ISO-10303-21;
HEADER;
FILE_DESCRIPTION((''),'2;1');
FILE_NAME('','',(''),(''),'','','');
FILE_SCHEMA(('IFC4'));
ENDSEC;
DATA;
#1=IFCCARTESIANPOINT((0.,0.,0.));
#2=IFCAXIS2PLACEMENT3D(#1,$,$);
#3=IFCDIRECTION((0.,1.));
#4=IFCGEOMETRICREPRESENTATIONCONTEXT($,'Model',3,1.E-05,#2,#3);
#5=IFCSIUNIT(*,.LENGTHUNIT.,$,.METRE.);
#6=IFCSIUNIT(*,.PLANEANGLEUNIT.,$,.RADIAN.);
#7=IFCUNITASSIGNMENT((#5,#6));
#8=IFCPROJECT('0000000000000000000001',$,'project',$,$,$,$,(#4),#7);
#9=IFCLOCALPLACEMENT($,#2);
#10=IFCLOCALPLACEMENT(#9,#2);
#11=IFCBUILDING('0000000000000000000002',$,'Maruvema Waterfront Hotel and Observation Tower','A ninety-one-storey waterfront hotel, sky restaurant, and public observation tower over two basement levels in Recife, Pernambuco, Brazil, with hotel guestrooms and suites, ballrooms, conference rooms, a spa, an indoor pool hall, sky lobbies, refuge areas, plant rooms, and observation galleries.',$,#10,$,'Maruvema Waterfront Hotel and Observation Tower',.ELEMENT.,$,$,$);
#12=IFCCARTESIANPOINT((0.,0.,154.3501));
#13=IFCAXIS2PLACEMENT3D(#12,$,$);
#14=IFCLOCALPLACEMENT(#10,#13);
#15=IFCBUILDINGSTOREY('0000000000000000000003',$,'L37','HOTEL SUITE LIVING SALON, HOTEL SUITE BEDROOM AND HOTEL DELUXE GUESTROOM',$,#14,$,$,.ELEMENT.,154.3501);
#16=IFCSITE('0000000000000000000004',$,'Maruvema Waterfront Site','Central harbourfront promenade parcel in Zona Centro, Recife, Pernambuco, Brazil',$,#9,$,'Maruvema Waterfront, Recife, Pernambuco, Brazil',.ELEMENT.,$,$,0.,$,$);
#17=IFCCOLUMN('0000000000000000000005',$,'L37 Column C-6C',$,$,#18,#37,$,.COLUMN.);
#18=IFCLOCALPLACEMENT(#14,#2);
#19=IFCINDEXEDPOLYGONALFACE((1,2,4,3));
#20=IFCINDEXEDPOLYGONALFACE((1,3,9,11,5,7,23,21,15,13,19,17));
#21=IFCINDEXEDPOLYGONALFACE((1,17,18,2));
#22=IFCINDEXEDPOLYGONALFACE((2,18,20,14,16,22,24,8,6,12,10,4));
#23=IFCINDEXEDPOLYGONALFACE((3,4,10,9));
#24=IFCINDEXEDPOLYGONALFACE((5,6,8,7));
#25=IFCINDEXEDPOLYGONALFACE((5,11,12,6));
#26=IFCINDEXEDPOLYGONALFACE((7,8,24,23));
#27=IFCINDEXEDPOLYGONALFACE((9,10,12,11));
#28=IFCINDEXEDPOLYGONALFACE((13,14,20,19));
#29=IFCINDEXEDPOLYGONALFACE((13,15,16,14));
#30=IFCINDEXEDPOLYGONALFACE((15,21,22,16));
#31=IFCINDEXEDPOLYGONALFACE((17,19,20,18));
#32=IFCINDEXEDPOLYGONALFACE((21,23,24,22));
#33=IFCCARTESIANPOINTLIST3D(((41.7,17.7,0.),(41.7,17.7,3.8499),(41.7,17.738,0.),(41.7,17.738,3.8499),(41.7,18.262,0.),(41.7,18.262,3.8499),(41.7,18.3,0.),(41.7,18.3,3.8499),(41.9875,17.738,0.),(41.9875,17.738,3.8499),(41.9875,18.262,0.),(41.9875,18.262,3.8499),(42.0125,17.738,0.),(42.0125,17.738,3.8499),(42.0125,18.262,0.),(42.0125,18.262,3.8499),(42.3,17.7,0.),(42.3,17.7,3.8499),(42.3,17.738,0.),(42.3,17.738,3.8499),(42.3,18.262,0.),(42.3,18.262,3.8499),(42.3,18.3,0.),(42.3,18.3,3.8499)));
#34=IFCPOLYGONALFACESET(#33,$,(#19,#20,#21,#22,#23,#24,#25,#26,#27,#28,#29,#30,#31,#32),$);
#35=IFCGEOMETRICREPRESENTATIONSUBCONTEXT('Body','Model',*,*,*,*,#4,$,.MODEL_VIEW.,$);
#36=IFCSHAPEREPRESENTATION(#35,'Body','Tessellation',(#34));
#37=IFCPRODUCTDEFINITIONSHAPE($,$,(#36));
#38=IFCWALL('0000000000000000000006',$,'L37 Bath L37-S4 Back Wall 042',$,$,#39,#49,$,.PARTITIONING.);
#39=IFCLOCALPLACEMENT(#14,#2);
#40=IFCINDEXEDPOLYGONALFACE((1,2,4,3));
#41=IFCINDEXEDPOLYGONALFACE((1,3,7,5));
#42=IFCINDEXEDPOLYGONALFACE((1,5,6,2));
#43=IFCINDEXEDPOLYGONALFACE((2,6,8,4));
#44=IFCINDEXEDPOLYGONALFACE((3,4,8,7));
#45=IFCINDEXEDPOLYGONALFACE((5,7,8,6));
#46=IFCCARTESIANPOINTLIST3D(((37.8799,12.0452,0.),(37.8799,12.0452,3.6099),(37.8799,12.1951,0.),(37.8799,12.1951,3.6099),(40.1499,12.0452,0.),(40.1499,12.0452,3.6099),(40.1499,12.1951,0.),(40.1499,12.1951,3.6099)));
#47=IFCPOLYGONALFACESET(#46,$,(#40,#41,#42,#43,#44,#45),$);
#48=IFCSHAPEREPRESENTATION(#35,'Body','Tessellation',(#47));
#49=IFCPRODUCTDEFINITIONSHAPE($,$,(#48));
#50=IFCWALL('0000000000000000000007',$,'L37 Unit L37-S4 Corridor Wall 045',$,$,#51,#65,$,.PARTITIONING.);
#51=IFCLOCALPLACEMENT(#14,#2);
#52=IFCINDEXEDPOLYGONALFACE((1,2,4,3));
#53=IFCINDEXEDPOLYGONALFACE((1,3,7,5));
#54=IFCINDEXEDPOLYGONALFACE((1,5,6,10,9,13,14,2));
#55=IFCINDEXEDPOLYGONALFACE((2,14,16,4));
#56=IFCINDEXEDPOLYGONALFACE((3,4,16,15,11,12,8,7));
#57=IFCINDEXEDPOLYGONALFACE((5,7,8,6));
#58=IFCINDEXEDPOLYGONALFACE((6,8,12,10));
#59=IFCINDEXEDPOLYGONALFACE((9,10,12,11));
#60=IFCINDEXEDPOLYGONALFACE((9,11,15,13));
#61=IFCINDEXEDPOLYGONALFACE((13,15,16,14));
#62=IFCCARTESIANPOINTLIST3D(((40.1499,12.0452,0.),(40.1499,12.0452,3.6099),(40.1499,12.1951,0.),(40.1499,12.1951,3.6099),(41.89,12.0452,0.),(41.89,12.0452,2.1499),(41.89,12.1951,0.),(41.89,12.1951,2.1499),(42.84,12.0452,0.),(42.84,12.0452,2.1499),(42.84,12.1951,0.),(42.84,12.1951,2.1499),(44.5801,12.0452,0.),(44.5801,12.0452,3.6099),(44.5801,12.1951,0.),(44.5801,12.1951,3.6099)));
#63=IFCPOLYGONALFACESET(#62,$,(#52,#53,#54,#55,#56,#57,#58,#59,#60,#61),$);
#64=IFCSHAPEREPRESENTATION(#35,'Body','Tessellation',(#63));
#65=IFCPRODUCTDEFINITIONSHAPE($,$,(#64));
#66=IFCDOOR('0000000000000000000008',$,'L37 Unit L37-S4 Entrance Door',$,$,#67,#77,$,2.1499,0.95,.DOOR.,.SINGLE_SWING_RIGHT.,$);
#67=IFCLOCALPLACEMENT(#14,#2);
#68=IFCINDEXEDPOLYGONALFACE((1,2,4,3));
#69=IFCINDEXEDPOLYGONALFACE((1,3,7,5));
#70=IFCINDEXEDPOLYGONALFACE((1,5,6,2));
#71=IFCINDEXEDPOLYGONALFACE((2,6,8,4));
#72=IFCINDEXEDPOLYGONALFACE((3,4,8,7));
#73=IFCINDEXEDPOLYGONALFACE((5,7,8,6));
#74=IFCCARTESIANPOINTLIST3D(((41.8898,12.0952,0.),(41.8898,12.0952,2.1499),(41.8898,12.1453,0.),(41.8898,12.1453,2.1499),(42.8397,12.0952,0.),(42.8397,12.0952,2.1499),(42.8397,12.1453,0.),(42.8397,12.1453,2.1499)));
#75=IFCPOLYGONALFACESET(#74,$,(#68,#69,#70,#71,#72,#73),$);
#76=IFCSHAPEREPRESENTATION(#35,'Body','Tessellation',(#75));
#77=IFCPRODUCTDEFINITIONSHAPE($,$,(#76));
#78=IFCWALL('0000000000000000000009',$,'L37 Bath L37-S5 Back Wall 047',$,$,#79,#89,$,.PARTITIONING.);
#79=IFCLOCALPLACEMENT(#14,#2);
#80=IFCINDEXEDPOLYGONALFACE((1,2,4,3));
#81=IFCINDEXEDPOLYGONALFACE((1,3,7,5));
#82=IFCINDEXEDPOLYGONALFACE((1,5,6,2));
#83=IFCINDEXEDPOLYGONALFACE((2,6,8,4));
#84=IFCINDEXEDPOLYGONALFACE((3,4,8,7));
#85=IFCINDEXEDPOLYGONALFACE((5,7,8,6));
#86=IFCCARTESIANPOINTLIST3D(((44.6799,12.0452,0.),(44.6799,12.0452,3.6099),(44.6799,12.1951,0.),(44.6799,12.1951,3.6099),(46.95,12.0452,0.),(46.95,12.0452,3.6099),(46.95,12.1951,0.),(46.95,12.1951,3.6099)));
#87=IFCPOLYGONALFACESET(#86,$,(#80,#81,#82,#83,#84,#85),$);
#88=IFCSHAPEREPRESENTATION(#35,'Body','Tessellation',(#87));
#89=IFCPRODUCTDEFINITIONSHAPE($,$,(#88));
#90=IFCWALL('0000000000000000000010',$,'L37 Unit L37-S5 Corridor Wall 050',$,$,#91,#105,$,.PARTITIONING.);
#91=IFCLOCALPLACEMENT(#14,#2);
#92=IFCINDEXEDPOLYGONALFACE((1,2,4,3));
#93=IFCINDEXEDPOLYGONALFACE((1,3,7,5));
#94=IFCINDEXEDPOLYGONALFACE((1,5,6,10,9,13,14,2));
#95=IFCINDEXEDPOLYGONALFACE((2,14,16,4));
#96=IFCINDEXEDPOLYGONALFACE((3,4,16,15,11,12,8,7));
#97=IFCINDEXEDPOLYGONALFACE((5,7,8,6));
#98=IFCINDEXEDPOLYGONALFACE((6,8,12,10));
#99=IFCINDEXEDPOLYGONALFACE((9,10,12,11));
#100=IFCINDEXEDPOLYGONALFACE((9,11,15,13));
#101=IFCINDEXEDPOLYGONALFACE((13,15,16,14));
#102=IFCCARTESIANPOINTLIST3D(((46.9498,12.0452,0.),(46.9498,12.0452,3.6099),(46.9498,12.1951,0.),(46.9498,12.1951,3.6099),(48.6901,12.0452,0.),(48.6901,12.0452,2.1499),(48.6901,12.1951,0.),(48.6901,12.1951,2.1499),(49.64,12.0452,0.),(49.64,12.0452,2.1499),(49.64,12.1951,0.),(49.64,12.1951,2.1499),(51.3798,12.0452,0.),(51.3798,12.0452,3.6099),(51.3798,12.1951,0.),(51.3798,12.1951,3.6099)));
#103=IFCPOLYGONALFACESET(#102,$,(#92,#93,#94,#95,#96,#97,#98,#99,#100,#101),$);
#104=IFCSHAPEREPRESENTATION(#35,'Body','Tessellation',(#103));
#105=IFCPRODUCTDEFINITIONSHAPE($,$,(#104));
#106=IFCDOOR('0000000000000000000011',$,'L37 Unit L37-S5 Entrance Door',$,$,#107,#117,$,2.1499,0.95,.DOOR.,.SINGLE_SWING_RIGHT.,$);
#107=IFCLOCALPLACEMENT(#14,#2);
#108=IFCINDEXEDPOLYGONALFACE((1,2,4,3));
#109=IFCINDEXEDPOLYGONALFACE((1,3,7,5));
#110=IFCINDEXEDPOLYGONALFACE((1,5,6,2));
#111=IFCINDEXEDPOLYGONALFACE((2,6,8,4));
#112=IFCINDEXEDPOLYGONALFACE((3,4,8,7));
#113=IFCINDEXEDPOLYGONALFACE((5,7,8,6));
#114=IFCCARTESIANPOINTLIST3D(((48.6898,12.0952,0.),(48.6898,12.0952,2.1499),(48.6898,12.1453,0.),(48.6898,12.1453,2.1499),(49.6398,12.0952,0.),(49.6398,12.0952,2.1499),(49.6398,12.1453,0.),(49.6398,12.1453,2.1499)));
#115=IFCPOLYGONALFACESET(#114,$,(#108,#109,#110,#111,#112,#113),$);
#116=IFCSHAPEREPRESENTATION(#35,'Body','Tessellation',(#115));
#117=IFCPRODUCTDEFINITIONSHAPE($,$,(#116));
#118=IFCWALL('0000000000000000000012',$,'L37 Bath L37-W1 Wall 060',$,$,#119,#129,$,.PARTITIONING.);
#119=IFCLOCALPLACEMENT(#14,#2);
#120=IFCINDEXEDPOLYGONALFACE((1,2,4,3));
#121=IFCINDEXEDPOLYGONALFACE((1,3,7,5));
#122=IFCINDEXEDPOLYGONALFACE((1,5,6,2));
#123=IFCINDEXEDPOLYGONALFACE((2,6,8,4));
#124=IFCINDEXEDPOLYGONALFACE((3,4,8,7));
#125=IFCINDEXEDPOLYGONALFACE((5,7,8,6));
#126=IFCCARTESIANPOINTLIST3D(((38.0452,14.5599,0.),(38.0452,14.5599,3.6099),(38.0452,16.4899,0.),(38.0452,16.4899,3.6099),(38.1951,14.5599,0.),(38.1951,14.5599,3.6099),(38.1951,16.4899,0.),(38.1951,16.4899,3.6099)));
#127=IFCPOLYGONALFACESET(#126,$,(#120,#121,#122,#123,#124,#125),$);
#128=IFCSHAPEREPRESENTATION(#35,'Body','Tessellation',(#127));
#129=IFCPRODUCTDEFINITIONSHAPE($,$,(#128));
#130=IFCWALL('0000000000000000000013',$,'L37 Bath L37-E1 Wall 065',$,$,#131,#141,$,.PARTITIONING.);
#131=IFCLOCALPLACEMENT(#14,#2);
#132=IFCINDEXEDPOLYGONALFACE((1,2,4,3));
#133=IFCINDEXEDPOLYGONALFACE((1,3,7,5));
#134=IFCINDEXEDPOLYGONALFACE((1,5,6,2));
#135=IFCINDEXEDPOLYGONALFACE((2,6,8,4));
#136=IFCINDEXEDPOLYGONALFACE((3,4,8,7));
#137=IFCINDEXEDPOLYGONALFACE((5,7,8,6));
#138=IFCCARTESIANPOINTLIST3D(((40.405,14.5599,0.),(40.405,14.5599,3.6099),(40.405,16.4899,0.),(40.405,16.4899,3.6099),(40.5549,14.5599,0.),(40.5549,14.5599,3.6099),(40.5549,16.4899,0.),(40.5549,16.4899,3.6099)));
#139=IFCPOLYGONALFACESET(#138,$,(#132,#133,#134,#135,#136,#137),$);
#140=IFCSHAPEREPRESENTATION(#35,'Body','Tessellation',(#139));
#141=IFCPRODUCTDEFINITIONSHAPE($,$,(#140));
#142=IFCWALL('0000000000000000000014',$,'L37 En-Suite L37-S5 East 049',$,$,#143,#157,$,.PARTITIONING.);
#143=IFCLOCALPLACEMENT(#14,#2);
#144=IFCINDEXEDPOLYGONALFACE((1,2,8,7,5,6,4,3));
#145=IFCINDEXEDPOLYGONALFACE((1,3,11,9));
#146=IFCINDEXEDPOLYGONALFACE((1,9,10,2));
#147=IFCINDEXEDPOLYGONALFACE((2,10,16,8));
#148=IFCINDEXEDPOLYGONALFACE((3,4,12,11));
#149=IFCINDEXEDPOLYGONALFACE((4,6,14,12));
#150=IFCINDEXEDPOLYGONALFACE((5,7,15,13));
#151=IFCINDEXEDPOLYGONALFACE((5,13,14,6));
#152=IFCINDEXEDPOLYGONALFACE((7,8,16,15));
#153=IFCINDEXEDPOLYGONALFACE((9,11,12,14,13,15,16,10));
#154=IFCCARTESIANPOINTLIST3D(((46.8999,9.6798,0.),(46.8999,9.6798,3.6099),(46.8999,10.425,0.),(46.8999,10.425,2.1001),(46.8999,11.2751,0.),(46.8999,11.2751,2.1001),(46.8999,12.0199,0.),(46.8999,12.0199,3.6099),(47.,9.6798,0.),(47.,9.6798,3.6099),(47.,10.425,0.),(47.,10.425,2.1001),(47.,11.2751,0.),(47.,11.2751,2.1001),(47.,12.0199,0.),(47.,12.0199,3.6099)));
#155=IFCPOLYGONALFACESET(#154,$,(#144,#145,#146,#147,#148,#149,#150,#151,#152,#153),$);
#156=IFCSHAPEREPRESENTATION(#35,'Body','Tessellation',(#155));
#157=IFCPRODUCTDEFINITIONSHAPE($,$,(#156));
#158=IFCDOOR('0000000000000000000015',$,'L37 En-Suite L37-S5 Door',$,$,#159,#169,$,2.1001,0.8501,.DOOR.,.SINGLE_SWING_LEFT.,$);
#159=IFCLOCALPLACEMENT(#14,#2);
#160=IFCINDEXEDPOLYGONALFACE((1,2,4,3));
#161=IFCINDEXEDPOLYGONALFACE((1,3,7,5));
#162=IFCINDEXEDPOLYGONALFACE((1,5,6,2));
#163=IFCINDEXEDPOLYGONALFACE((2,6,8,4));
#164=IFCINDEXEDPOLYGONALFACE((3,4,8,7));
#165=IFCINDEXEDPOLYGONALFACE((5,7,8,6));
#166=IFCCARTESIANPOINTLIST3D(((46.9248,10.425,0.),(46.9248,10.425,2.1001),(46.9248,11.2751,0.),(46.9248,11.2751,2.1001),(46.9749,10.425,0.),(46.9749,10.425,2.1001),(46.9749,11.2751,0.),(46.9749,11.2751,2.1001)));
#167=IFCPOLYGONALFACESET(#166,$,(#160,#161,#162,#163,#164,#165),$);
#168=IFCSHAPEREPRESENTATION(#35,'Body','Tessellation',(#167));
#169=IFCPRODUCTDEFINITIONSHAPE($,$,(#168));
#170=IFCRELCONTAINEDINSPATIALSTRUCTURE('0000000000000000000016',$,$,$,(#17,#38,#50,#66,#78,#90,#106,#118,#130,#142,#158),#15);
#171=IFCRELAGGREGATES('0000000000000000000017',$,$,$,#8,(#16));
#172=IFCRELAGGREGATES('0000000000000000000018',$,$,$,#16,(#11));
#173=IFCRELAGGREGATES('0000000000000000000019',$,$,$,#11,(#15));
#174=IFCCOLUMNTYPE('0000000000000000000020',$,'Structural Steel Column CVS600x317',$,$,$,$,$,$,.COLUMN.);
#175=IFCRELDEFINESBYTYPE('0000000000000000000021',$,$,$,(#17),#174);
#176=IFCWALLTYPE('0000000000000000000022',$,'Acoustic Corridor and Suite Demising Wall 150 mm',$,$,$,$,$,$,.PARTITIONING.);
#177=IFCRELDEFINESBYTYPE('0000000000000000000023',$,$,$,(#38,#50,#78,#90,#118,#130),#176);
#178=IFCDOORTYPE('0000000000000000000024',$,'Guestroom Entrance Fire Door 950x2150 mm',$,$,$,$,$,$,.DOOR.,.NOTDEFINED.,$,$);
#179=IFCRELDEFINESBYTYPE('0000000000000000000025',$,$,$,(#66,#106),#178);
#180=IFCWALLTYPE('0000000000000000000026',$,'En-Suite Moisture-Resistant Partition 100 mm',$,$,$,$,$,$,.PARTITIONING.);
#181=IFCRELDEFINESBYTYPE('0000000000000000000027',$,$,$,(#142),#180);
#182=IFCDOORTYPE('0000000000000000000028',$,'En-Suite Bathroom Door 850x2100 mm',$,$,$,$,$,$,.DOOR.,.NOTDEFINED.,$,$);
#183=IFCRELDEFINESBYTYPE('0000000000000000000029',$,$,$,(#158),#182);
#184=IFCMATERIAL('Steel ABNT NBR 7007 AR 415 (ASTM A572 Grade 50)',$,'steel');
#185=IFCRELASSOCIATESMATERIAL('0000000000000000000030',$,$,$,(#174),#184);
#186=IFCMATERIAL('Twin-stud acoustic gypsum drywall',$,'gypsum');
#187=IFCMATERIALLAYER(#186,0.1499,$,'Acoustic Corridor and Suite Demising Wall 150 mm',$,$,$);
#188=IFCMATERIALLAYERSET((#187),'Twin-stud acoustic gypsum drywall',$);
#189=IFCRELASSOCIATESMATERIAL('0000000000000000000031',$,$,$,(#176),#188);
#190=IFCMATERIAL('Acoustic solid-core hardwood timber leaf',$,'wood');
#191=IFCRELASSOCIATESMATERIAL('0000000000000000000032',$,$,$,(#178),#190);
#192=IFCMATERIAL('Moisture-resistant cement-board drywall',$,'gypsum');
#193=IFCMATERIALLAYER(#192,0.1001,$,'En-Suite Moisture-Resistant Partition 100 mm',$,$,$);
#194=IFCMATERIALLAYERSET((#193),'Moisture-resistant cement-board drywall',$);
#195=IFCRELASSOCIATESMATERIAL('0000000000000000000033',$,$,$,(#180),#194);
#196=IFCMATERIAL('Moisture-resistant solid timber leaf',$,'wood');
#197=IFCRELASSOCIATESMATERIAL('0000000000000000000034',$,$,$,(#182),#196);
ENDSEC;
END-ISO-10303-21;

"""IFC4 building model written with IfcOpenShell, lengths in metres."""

from ifc_helpers import new_model, si_unit, direction, frame, frame_2d, origin, origin_2d, place, context, subcontext, project, spatial, rectangle, i_section, extrude, material, layer, layer_set, material_profile, profile_set, type_object, element, fill, save


model = new_model("IFC4")

# Units and contexts
model_context = context("Model", 3, precision=1e-05, world=origin(), true_north=direction((0.0, 1.0)))
body_context = subcontext(model_context, "Body", "Model", "MODEL_VIEW")
ifc_project = project(units=[si_unit("LENGTHUNIT", "METRE"), si_unit("PLANEANGLEUNIT", "RADIAN")], contexts=[model_context])

# Site, building, storey
site_placement = place(None, origin())
site = spatial("IfcSite", under=ifc_project, at=site_placement, Name="Maruvema Waterfront Site", Description="Central harbourfront promenade parcel in Zona Centro, Recife, Pernambuco, Brazil", LongName="Maruvema Waterfront, Recife, Pernambuco, Brazil", CompositionType="ELEMENT", RefElevation=0.0)
building_placement = place(site_placement, origin())
building = spatial("IfcBuilding", under=site, at=building_placement, Name="Maruvema Waterfront Hotel and Observation Tower", Description="A ninety-one-storey waterfront hotel, sky restaurant, and public observation tower over two basement levels in Recife, Pernambuco, Brazil, with hotel guestrooms and suites, ballrooms, conference rooms, a spa, an indoor pool hall, sky lobbies, refuge areas, plant rooms, and observation galleries.", LongName="Maruvema Waterfront Hotel and Observation Tower", CompositionType="ELEMENT")
storey_placement = place(building_placement, frame((0.0, 0.0, 154.3501)))
storey = spatial("IfcBuildingStorey", under=building, at=storey_placement, Name="L37", Description="HOTEL SUITE LIVING SALON, HOTEL SUITE BEDROOM AND HOTEL DELUXE GUESTROOM", CompositionType="ELEMENT", Elevation=154.3501)

# Column
ifc_material_1 = material(Name="Steel ABNT NBR 7007 AR 415 (ASTM A572 Grade 50)", Category="steel")
ifc_material_profile = material_profile(ifc_material_1, i_section(OverallWidth=0.6001, OverallDepth=0.6001, WebThickness=0.0249, FlangeThickness=0.0381, at=origin_2d()), Name="CVS600x317")
ifc_profile_set = profile_set([ifc_material_profile], Name="Steel ABNT NBR 7007 AR 415 (ASTM A572 Grade 50)")
column_type = type_object("IfcColumnType", Name="Structural Steel Column CVS600x317", PredefinedType="COLUMN", material=ifc_profile_set)
column_placement = place(storey_placement, frame((42.0, 18.0, 0.0), z_axis=(0.0, 0.0, 1.0), x_axis=(1.0, 0.0, 0.0)))
element("IfcColumn", 1, at=column_placement, inside=storey, type_object=column_type, Name="L37 Column C-6C", PredefinedType="COLUMN", context=body_context, shape_type="SweptSolid", body=[
    extrude(i_section(OverallWidth=0.6001, OverallDepth=0.6001, WebThickness=0.0249, FlangeThickness=0.0381, at=origin_2d()), origin(), (0.0, 0.0, 1.0), 3.8499),
])

# Wall
ifc_material_2 = material(Name="Twin-stud acoustic gypsum drywall", Category="gypsum")
ifc_layer_1 = layer(ifc_material_2, 0.1499, Name="Acoustic Corridor and Suite Demising Wall 150 mm")
ifc_layer_set_1 = layer_set([ifc_layer_1], Name="Twin-stud acoustic gypsum drywall")
wall_type_1 = type_object("IfcWallType", Name="Acoustic Corridor and Suite Demising Wall 150 mm", PredefinedType="PARTITIONING", material=ifc_layer_set_1)
wall_1_placement = place(storey_placement, frame((37.8799, 12.1201, 0.0), z_axis=(0.0, 0.0, 1.0), x_axis=(1.0, 0.0, 0.0)))
element("IfcWall", 2, at=wall_1_placement, inside=storey, type_object=wall_type_1, Name="L37 Bath L37-S4 Back Wall 042", PredefinedType="PARTITIONING", context=body_context, shape_type="SweptSolid", body=[
    extrude(rectangle(XDim=2.27, YDim=0.1499, at=frame_2d((1.135, 0.0))), origin(), (0.0, 0.0, 1.0), 3.6099),
])

# Wall, opening, door
wall_2_placement = place(storey_placement, frame((40.1499, 12.1201, 0.0), z_axis=(0.0, 0.0, 1.0), x_axis=(1.0, 0.0, 0.0)))
wall_2 = element("IfcWall", 3, at=wall_2_placement, inside=storey, type_object=wall_type_1, Name="L37 Unit L37-S4 Corridor Wall 045", PredefinedType="PARTITIONING", context=body_context, shape_type="SweptSolid", body=[
    extrude(rectangle(XDim=4.4302, YDim=0.1499, at=frame_2d((2.2151, 0.0))), origin(), (0.0, 0.0, 1.0), 3.6099),
])
opening_1_placement = place(wall_2_placement, frame((1.74, 0.0, 0.0)))
opening_1 = element("IfcOpeningElement", 4, at=opening_1_placement, cuts=wall_2, PredefinedType="OPENING", context=body_context, shape_type="SweptSolid", body=[
    extrude(rectangle(XDim=0.95, YDim=2.1499, at=frame_2d((0.4751, 1.075))), frame((0.0, 0.085, 0.0), z_axis=(0.0, -1.0, 0.0), x_axis=(1.0, 0.0, 0.0)), (0.0, 0.0, 1.0), 0.1699),
])
ifc_material_3 = material(Name="Acoustic solid-core hardwood timber leaf", Category="wood")
door_type_1 = type_object("IfcDoorType", Name="Guestroom Entrance Fire Door 950x2150 mm", OperationType="NOTDEFINED", PredefinedType="DOOR", material=ifc_material_3)
door_1_placement = place(opening_1_placement, frame((0.95, 0.0, 0.0), z_axis=(0.0, 0.0, 1.0), x_axis=(-1.0, 0.0, 0.0)))
door_1 = element("IfcDoor", 5, at=door_1_placement, inside=storey, type_object=door_type_1, Name="L37 Unit L37-S4 Entrance Door", OperationType="SINGLE_SWING_RIGHT", OverallHeight=2.1499, OverallWidth=0.95, PredefinedType="DOOR", context=body_context, shape_type="SweptSolid", body=[
    extrude(rectangle(XDim=0.95, YDim=2.1499, at=frame_2d((0.4751, 1.075))), frame((0.0, 0.0249, 0.0), z_axis=(0.0, -1.0, 0.0), x_axis=(1.0, 0.0, 0.0)), (0.0, 0.0, 1.0), 0.05),
])
fill(opening_1, door_1)

# Wall
wall_3_placement = place(storey_placement, frame((44.6799, 12.1201, 0.0), z_axis=(0.0, 0.0, 1.0), x_axis=(1.0, 0.0, 0.0)))
element("IfcWall", 6, at=wall_3_placement, inside=storey, type_object=wall_type_1, Name="L37 Bath L37-S5 Back Wall 047", PredefinedType="PARTITIONING", context=body_context, shape_type="SweptSolid", body=[
    extrude(rectangle(XDim=2.27, YDim=0.1499, at=frame_2d((1.135, 0.0))), origin(), (0.0, 0.0, 1.0), 3.6099),
])

# Wall, opening, door
wall_4_placement = place(storey_placement, frame((46.95, 12.1201, 0.0), z_axis=(0.0, 0.0, 1.0), x_axis=(1.0, 0.0, 0.0)))
wall_4 = element("IfcWall", 7, at=wall_4_placement, inside=storey, type_object=wall_type_1, Name="L37 Unit L37-S5 Corridor Wall 050", PredefinedType="PARTITIONING", context=body_context, shape_type="SweptSolid", body=[
    extrude(rectangle(XDim=4.4299, YDim=0.1499, at=frame_2d((2.2148, 0.0))), origin(), (0.0, 0.0, 1.0), 3.6099),
])
opening_2_placement = place(wall_4_placement, frame((1.74, 0.0, 0.0)))
opening_2 = element("IfcOpeningElement", 8, at=opening_2_placement, cuts=wall_4, PredefinedType="OPENING", context=body_context, shape_type="SweptSolid", body=[
    extrude(rectangle(XDim=0.95, YDim=2.1499, at=frame_2d((0.4751, 1.075))), frame((0.0, 0.085, 0.0), z_axis=(0.0, -1.0, 0.0), x_axis=(1.0, 0.0, 0.0)), (0.0, 0.0, 1.0), 0.1699),
])
door_2_placement = place(opening_2_placement, frame((0.95, 0.0, 0.0), z_axis=(0.0, 0.0, 1.0), x_axis=(-1.0, 0.0, 0.0)))
door_2 = element("IfcDoor", 9, at=door_2_placement, inside=storey, type_object=door_type_1, Name="L37 Unit L37-S5 Entrance Door", OperationType="SINGLE_SWING_RIGHT", OverallHeight=2.1499, OverallWidth=0.95, PredefinedType="DOOR", context=body_context, shape_type="SweptSolid", body=[
    extrude(rectangle(XDim=0.95, YDim=2.1499, at=frame_2d((0.4751, 1.075))), frame((0.0, 0.0249, 0.0), z_axis=(0.0, -1.0, 0.0), x_axis=(1.0, 0.0, 0.0)), (0.0, 0.0, 1.0), 0.05),
])
fill(opening_2, door_2)

# Wall
wall_5_placement = place(storey_placement, frame((38.1201, 14.5601, 0.0), z_axis=(0.0, 0.0, 1.0), x_axis=(0.0, 1.0, 0.0)))
element("IfcWall", 10, at=wall_5_placement, inside=storey, type_object=wall_type_1, Name="L37 Bath L37-W1 Wall 060", PredefinedType="PARTITIONING", context=body_context, shape_type="SweptSolid", body=[
    extrude(rectangle(XDim=1.9299, YDim=0.1499, at=frame_2d((0.9648, 0.0))), origin(), (0.0, 0.0, 1.0), 3.6099),
])

# Wall
wall_6_placement = place(storey_placement, frame((40.48, 14.5601, 0.0), z_axis=(0.0, 0.0, 1.0), x_axis=(0.0, 1.0, 0.0)))
element("IfcWall", 11, at=wall_6_placement, inside=storey, type_object=wall_type_1, Name="L37 Bath L37-E1 Wall 065", PredefinedType="PARTITIONING", context=body_context, shape_type="SweptSolid", body=[
    extrude(rectangle(XDim=1.9299, YDim=0.1499, at=frame_2d((0.9648, 0.0))), origin(), (0.0, 0.0, 1.0), 3.6099),
])

# Wall, opening, door
ifc_material_4 = material(Name="Moisture-resistant cement-board drywall", Category="gypsum")
ifc_layer_2 = layer(ifc_material_4, 0.1001, Name="En-Suite Moisture-Resistant Partition 100 mm")
ifc_layer_set_2 = layer_set([ifc_layer_2], Name="Moisture-resistant cement-board drywall")
wall_type_2 = type_object("IfcWallType", Name="En-Suite Moisture-Resistant Partition 100 mm", PredefinedType="PARTITIONING", material=ifc_layer_set_2)
wall_7_placement = place(storey_placement, frame((46.95, 9.6799, 0.0), z_axis=(0.0, 0.0, 1.0), x_axis=(0.0, 1.0, 0.0)))
wall_7 = element("IfcWall", 12, at=wall_7_placement, inside=storey, type_object=wall_type_2, Name="L37 En-Suite L37-S5 East 049", PredefinedType="PARTITIONING", context=body_context, shape_type="SweptSolid", body=[
    extrude(rectangle(XDim=2.3401, YDim=0.1001, at=frame_2d((1.1699, 0.0))), origin(), (0.0, 0.0, 1.0), 3.6099),
])
opening_3_placement = place(wall_7_placement, frame((0.7451, 0.0, 0.0)))
opening_3 = element("IfcOpeningElement", 13, at=opening_3_placement, cuts=wall_7, PredefinedType="OPENING", context=body_context, shape_type="SweptSolid", body=[
    extrude(rectangle(XDim=0.8501, YDim=2.1001, at=frame_2d((0.425, 1.05))), frame((0.0, 0.0601, 0.0), z_axis=(0.0, -1.0, 0.0), x_axis=(1.0, 0.0, 0.0)), (0.0, 0.0, 1.0), 0.1201),
])
ifc_material_5 = material(Name="Moisture-resistant solid timber leaf", Category="wood")
door_type_2 = type_object("IfcDoorType", Name="En-Suite Bathroom Door 850x2100 mm", OperationType="NOTDEFINED", PredefinedType="DOOR", material=ifc_material_5)
door_3_placement = place(opening_3_placement, frame((0.8501, 0.0, 0.0), z_axis=(0.0, 0.0, 1.0), x_axis=(-1.0, 0.0, 0.0)))
door_3 = element("IfcDoor", 14, at=door_3_placement, inside=storey, type_object=door_type_2, Name="L37 En-Suite L37-S5 Door", OperationType="SINGLE_SWING_LEFT", OverallHeight=2.1001, OverallWidth=0.8501, PredefinedType="DOOR", context=body_context, shape_type="SweptSolid", body=[
    extrude(rectangle(XDim=0.8501, YDim=2.1001, at=frame_2d((0.425, 1.05))), frame((0.0, 0.0249, 0.0), z_axis=(0.0, -1.0, 0.0), x_axis=(1.0, 0.0, 0.0)), (0.0, 0.0, 1.0), 0.05),
])
fill(opening_3, door_3)

save(model, "model.ifc")
